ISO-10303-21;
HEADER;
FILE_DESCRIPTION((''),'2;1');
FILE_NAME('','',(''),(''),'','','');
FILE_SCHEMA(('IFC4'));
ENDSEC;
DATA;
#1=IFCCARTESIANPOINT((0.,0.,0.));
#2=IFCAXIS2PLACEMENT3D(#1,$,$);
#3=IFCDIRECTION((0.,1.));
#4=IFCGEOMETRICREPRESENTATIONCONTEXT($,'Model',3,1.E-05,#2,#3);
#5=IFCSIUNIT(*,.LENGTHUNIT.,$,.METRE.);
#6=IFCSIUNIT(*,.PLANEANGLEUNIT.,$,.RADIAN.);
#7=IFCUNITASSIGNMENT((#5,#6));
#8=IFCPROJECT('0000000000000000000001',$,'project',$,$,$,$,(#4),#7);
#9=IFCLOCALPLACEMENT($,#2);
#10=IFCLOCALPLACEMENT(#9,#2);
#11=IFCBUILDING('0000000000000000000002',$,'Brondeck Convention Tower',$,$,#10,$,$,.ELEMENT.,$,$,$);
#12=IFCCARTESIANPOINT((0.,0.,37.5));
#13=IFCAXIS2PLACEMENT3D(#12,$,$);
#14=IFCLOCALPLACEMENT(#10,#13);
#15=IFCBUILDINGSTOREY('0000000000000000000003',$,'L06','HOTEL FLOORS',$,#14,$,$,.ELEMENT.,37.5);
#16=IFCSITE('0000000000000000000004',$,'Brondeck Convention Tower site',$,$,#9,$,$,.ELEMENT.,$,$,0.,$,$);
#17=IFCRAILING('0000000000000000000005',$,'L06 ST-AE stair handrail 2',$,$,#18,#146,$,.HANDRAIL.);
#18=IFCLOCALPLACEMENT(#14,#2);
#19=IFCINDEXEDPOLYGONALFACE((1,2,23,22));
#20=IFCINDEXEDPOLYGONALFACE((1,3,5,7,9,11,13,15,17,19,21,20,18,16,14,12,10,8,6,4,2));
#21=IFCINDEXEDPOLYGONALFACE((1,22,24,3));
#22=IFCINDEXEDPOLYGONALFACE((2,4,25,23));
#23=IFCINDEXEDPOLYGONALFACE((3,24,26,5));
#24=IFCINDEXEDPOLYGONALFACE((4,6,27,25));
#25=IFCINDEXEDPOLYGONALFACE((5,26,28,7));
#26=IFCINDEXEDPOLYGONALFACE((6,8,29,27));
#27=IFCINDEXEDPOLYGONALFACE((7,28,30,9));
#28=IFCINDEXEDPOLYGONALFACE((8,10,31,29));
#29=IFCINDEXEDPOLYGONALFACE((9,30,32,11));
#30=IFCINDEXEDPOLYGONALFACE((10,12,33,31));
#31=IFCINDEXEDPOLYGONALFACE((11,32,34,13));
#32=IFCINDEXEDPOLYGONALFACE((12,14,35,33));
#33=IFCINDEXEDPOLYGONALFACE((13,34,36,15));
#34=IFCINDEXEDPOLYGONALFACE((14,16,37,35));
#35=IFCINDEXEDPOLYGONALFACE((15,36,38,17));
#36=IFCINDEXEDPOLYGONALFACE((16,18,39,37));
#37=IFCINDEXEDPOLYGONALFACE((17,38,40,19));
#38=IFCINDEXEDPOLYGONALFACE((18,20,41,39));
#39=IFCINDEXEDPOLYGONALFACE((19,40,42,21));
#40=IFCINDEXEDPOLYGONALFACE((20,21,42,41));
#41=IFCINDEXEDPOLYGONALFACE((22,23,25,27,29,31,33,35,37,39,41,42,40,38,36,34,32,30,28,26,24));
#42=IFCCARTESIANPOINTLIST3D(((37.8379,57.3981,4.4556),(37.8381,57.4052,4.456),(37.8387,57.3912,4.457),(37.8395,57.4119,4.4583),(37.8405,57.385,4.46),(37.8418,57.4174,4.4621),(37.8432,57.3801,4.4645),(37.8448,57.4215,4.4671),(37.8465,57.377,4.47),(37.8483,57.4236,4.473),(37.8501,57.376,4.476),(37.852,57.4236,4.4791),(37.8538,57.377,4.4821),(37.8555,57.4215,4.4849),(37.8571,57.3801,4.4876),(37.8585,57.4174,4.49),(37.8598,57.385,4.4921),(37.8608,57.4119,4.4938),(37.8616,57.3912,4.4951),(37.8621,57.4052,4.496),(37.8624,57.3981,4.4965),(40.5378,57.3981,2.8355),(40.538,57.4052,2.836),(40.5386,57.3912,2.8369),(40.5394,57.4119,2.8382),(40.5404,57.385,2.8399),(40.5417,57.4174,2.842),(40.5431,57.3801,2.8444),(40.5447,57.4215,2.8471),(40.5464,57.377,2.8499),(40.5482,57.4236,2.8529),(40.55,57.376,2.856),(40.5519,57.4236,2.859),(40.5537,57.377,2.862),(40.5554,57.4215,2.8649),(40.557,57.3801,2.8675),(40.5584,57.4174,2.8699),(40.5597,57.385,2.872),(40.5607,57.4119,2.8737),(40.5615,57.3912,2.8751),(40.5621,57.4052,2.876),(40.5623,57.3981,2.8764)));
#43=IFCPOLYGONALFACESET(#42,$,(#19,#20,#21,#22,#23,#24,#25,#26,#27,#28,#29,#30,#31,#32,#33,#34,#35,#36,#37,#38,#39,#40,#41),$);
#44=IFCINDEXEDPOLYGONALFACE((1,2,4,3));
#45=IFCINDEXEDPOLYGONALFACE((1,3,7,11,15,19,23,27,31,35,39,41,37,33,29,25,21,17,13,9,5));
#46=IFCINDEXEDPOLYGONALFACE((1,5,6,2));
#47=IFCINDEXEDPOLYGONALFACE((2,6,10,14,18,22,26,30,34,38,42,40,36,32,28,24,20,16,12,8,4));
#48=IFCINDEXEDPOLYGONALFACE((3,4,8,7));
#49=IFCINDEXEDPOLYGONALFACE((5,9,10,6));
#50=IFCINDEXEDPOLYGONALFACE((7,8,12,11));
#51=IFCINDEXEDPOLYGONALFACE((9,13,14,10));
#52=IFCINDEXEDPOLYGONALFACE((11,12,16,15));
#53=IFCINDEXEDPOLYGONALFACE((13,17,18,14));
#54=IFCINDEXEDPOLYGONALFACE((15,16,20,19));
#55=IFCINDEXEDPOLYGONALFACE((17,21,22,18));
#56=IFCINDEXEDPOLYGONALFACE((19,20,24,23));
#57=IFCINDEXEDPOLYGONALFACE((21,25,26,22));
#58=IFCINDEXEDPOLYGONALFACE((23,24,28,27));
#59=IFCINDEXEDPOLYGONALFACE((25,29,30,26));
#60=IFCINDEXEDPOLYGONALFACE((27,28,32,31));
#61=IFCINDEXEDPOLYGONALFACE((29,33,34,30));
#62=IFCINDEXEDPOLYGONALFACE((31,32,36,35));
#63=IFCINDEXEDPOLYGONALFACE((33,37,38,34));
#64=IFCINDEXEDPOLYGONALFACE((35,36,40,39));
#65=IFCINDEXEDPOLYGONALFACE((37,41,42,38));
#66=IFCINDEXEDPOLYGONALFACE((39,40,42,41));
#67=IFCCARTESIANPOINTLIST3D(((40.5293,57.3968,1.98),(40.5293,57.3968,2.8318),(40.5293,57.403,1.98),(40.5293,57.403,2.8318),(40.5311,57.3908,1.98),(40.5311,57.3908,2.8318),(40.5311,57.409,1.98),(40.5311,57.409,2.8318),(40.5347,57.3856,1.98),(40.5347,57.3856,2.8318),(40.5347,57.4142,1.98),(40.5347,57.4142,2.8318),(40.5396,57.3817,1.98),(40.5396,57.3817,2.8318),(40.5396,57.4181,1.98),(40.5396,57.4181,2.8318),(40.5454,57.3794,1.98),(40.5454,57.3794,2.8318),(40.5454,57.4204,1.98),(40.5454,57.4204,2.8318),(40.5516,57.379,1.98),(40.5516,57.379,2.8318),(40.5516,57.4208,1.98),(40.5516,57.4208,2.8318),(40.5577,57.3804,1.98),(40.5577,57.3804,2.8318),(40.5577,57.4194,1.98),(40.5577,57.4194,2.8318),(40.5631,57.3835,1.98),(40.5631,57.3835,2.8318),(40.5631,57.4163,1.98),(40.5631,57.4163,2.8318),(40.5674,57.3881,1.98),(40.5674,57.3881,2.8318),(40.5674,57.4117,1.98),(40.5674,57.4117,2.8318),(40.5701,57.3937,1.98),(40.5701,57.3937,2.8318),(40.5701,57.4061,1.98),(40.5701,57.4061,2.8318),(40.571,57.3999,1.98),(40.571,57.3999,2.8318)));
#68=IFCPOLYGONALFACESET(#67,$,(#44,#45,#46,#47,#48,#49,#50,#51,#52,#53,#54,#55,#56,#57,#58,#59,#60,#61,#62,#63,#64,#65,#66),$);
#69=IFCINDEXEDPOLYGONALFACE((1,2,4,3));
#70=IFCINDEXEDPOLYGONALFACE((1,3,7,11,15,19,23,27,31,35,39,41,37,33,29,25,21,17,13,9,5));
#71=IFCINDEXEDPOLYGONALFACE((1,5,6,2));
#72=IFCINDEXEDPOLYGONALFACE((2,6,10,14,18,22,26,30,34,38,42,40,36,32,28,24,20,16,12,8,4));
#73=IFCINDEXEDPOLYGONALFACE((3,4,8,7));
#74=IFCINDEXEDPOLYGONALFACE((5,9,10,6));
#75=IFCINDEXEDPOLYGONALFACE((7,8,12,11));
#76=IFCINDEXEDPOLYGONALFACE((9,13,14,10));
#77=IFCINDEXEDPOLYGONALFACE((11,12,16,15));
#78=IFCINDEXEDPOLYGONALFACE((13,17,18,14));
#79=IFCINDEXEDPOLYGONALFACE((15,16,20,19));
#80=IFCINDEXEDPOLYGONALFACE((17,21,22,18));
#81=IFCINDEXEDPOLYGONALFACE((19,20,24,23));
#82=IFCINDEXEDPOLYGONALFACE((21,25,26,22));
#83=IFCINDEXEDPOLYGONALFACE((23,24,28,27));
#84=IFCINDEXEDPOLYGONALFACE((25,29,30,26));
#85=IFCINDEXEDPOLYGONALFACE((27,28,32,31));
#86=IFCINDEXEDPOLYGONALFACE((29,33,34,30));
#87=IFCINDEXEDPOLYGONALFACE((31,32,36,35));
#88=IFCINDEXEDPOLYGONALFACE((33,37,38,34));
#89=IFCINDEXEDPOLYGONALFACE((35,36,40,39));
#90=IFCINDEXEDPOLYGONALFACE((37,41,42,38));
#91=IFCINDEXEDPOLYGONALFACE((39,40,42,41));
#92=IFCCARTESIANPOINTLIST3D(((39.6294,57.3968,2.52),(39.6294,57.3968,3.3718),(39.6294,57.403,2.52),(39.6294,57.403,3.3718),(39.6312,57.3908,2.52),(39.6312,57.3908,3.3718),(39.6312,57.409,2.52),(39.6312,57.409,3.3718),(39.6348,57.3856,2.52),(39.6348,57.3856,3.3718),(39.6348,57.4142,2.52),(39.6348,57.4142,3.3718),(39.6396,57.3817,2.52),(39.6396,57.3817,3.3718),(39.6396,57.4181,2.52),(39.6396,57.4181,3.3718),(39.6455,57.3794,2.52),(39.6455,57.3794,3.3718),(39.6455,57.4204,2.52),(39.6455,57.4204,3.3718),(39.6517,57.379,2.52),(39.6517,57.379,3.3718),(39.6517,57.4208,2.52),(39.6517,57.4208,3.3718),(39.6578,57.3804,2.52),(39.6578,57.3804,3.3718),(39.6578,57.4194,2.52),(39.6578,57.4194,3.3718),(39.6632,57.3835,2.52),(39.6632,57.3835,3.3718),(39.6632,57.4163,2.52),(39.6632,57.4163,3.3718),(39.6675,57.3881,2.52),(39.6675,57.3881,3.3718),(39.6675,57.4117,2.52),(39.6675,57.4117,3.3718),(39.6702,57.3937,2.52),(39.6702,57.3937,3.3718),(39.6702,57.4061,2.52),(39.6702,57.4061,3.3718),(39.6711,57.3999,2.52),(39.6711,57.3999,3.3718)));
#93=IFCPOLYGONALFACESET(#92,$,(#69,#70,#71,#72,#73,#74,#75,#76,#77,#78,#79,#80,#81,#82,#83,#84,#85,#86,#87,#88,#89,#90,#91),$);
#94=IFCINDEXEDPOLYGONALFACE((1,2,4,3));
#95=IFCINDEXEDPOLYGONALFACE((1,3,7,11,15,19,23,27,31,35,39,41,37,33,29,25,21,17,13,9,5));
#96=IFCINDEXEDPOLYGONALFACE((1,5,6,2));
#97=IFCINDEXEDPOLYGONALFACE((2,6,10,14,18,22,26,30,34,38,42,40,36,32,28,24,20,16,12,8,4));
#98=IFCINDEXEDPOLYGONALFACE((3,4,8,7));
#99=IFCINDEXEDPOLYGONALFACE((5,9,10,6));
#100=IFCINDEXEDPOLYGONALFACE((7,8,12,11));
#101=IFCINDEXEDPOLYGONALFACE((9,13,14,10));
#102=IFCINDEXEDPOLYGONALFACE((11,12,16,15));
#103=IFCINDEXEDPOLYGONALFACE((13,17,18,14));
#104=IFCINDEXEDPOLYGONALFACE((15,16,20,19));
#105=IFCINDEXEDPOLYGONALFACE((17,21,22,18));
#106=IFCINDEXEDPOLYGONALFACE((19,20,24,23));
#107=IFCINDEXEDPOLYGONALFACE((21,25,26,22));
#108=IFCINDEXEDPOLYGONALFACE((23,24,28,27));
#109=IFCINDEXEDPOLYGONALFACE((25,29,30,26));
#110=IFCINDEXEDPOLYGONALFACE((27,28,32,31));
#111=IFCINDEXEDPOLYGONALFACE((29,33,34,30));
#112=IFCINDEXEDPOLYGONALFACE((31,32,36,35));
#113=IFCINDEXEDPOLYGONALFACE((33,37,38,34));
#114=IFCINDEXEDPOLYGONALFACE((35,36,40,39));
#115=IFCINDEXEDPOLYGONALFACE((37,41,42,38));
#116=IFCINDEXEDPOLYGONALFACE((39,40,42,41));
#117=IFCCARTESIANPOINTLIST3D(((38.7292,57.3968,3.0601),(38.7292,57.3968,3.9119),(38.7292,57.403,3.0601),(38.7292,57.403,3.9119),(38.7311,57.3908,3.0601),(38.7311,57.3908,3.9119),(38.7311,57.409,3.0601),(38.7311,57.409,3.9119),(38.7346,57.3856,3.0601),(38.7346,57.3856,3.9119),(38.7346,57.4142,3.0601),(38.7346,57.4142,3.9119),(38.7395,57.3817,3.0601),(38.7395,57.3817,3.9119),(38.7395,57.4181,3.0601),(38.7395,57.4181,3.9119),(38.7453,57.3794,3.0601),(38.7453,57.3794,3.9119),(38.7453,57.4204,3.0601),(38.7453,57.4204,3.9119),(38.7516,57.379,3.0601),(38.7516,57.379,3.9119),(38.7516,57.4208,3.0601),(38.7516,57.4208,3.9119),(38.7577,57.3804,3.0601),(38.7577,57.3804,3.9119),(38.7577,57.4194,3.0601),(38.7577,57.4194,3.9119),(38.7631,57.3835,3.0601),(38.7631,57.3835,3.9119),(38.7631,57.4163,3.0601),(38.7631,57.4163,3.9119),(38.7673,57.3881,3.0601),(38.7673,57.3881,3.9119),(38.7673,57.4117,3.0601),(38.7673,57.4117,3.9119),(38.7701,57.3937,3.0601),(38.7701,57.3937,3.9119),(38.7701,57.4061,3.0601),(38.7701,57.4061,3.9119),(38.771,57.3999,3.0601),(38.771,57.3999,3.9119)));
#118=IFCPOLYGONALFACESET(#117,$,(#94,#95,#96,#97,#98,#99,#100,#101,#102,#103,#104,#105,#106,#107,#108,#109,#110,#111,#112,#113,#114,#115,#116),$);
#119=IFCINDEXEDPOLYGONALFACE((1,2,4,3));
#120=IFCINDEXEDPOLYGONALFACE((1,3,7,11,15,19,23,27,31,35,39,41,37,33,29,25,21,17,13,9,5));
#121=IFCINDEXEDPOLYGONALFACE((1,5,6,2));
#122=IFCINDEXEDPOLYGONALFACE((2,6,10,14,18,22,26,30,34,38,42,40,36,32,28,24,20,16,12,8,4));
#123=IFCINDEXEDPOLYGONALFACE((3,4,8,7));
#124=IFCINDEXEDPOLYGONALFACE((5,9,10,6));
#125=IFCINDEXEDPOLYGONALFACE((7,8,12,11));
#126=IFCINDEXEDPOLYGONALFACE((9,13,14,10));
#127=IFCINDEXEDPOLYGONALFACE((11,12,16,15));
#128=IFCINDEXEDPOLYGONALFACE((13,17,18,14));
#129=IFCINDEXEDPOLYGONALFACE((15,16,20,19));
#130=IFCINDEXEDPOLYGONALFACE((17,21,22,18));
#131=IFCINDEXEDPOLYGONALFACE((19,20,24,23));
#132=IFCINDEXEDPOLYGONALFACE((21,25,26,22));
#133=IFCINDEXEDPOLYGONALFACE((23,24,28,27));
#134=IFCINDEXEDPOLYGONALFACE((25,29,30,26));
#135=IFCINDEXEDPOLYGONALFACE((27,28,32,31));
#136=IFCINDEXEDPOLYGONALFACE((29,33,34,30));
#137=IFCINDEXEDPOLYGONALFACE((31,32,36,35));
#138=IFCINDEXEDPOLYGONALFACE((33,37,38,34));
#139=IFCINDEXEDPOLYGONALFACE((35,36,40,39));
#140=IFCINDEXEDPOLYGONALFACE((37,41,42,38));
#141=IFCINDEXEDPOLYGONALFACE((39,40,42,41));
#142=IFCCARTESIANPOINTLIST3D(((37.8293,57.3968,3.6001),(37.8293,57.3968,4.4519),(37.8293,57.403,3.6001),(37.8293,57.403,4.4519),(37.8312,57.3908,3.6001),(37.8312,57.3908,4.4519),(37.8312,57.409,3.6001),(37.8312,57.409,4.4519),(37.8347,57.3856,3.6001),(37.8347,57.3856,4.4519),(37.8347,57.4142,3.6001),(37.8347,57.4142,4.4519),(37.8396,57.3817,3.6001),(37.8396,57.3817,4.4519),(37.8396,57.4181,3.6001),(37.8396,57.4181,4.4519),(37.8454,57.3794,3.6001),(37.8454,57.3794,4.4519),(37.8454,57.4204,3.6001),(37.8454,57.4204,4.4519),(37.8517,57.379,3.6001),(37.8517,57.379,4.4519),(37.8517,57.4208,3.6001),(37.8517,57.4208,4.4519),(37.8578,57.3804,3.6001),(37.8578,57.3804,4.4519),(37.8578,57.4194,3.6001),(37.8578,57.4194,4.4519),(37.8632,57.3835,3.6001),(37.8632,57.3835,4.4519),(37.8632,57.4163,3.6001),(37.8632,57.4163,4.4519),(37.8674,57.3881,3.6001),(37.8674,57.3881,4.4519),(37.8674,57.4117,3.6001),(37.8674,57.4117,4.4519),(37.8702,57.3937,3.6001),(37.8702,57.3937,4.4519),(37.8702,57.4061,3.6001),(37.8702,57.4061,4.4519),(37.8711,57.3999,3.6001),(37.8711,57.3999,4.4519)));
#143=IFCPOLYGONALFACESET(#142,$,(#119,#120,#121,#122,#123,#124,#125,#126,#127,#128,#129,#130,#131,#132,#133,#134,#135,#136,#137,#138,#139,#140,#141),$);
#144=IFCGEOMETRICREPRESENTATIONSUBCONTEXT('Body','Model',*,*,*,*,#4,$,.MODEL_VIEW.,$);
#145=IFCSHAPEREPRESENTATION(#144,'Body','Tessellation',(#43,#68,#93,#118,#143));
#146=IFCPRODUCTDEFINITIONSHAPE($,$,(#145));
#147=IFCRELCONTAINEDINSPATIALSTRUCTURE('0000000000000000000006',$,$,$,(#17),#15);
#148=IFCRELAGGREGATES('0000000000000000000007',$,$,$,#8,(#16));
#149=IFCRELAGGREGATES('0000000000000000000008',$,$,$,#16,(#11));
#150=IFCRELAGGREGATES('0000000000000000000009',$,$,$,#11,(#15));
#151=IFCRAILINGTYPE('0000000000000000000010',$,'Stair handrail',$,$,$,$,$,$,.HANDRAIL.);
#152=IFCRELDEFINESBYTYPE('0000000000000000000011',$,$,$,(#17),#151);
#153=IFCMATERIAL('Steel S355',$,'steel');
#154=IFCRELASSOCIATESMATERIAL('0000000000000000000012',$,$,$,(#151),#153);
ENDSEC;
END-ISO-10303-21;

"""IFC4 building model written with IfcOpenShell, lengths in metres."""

from ifc_helpers import new_model, si_unit, direction, frame, origin, origin_2d, place, context, subcontext, project, spatial, circle, extrude, material, type_object, element, save


model = new_model("IFC4")

# Units and contexts
model_context = context("Model", 3, precision=1e-05, world=origin(), true_north=direction((0.0, 1.0)))
body_context = subcontext(model_context, "Body", "Model", "MODEL_VIEW")
ifc_project = project(units=[si_unit("LENGTHUNIT", "METRE"), si_unit("PLANEANGLEUNIT", "RADIAN")], contexts=[model_context])

# Site, building, storey
site_placement = place(None, origin())
site = spatial("IfcSite", under=ifc_project, at=site_placement, Name="Brondeck Convention Tower site", CompositionType="ELEMENT", RefElevation=0.0)
building_placement = place(site_placement, origin())
building = spatial("IfcBuilding", under=site, at=building_placement, Name="Brondeck Convention Tower", CompositionType="ELEMENT")
storey_placement = place(building_placement, frame((0.0, 0.0, 37.5)))
storey = spatial("IfcBuildingStorey", under=building, at=storey_placement, Name="L06", Description="HOTEL FLOORS", CompositionType="ELEMENT", Elevation=37.5)

# Railing
ifc_material_1 = material(Name="Steel S355", Category="steel")
railing_type_1 = type_object("IfcRailingType", Name="Stair handrail", PredefinedType="HANDRAIL", material=ifc_material_1)
railing_1_placement = place(storey_placement, frame((40.55, 57.3999, 1.98)))
element("IfcRailing", 1, at=railing_1_placement, inside=storey, type_object=railing_type_1, Name="L06 ST-AE stair handrail 2", PredefinedType="HANDRAIL", context=body_context, shape_type="SweptSolid", body=[
    extrude(circle(Radius=0.0239, at=origin_2d()), frame((0.0, 0.0, 0.876), z_axis=(-0.857472, 0.0, 0.51453), x_axis=(0.0, -1.0, 0.0)), (0.0, 0.0, 1.0), 3.1487),
    extrude(circle(Radius=0.021, at=origin_2d()), origin(), (0.0, 0.0, 1.0), 0.8518),
    extrude(circle(Radius=0.021, at=origin_2d()), frame((-0.8999, 0.0, 0.54)), (0.0, 0.0, 1.0), 0.8518),
    extrude(circle(Radius=0.021, at=origin_2d()), frame((-1.8, 0.0, 1.0801)), (0.0, 0.0, 1.0), 0.8518),
    extrude(circle(Radius=0.021, at=origin_2d()), frame((-2.7, 0.0, 1.6201)), (0.0, 0.0, 1.0), 0.8518),
])

save(model, "model.ifc")
